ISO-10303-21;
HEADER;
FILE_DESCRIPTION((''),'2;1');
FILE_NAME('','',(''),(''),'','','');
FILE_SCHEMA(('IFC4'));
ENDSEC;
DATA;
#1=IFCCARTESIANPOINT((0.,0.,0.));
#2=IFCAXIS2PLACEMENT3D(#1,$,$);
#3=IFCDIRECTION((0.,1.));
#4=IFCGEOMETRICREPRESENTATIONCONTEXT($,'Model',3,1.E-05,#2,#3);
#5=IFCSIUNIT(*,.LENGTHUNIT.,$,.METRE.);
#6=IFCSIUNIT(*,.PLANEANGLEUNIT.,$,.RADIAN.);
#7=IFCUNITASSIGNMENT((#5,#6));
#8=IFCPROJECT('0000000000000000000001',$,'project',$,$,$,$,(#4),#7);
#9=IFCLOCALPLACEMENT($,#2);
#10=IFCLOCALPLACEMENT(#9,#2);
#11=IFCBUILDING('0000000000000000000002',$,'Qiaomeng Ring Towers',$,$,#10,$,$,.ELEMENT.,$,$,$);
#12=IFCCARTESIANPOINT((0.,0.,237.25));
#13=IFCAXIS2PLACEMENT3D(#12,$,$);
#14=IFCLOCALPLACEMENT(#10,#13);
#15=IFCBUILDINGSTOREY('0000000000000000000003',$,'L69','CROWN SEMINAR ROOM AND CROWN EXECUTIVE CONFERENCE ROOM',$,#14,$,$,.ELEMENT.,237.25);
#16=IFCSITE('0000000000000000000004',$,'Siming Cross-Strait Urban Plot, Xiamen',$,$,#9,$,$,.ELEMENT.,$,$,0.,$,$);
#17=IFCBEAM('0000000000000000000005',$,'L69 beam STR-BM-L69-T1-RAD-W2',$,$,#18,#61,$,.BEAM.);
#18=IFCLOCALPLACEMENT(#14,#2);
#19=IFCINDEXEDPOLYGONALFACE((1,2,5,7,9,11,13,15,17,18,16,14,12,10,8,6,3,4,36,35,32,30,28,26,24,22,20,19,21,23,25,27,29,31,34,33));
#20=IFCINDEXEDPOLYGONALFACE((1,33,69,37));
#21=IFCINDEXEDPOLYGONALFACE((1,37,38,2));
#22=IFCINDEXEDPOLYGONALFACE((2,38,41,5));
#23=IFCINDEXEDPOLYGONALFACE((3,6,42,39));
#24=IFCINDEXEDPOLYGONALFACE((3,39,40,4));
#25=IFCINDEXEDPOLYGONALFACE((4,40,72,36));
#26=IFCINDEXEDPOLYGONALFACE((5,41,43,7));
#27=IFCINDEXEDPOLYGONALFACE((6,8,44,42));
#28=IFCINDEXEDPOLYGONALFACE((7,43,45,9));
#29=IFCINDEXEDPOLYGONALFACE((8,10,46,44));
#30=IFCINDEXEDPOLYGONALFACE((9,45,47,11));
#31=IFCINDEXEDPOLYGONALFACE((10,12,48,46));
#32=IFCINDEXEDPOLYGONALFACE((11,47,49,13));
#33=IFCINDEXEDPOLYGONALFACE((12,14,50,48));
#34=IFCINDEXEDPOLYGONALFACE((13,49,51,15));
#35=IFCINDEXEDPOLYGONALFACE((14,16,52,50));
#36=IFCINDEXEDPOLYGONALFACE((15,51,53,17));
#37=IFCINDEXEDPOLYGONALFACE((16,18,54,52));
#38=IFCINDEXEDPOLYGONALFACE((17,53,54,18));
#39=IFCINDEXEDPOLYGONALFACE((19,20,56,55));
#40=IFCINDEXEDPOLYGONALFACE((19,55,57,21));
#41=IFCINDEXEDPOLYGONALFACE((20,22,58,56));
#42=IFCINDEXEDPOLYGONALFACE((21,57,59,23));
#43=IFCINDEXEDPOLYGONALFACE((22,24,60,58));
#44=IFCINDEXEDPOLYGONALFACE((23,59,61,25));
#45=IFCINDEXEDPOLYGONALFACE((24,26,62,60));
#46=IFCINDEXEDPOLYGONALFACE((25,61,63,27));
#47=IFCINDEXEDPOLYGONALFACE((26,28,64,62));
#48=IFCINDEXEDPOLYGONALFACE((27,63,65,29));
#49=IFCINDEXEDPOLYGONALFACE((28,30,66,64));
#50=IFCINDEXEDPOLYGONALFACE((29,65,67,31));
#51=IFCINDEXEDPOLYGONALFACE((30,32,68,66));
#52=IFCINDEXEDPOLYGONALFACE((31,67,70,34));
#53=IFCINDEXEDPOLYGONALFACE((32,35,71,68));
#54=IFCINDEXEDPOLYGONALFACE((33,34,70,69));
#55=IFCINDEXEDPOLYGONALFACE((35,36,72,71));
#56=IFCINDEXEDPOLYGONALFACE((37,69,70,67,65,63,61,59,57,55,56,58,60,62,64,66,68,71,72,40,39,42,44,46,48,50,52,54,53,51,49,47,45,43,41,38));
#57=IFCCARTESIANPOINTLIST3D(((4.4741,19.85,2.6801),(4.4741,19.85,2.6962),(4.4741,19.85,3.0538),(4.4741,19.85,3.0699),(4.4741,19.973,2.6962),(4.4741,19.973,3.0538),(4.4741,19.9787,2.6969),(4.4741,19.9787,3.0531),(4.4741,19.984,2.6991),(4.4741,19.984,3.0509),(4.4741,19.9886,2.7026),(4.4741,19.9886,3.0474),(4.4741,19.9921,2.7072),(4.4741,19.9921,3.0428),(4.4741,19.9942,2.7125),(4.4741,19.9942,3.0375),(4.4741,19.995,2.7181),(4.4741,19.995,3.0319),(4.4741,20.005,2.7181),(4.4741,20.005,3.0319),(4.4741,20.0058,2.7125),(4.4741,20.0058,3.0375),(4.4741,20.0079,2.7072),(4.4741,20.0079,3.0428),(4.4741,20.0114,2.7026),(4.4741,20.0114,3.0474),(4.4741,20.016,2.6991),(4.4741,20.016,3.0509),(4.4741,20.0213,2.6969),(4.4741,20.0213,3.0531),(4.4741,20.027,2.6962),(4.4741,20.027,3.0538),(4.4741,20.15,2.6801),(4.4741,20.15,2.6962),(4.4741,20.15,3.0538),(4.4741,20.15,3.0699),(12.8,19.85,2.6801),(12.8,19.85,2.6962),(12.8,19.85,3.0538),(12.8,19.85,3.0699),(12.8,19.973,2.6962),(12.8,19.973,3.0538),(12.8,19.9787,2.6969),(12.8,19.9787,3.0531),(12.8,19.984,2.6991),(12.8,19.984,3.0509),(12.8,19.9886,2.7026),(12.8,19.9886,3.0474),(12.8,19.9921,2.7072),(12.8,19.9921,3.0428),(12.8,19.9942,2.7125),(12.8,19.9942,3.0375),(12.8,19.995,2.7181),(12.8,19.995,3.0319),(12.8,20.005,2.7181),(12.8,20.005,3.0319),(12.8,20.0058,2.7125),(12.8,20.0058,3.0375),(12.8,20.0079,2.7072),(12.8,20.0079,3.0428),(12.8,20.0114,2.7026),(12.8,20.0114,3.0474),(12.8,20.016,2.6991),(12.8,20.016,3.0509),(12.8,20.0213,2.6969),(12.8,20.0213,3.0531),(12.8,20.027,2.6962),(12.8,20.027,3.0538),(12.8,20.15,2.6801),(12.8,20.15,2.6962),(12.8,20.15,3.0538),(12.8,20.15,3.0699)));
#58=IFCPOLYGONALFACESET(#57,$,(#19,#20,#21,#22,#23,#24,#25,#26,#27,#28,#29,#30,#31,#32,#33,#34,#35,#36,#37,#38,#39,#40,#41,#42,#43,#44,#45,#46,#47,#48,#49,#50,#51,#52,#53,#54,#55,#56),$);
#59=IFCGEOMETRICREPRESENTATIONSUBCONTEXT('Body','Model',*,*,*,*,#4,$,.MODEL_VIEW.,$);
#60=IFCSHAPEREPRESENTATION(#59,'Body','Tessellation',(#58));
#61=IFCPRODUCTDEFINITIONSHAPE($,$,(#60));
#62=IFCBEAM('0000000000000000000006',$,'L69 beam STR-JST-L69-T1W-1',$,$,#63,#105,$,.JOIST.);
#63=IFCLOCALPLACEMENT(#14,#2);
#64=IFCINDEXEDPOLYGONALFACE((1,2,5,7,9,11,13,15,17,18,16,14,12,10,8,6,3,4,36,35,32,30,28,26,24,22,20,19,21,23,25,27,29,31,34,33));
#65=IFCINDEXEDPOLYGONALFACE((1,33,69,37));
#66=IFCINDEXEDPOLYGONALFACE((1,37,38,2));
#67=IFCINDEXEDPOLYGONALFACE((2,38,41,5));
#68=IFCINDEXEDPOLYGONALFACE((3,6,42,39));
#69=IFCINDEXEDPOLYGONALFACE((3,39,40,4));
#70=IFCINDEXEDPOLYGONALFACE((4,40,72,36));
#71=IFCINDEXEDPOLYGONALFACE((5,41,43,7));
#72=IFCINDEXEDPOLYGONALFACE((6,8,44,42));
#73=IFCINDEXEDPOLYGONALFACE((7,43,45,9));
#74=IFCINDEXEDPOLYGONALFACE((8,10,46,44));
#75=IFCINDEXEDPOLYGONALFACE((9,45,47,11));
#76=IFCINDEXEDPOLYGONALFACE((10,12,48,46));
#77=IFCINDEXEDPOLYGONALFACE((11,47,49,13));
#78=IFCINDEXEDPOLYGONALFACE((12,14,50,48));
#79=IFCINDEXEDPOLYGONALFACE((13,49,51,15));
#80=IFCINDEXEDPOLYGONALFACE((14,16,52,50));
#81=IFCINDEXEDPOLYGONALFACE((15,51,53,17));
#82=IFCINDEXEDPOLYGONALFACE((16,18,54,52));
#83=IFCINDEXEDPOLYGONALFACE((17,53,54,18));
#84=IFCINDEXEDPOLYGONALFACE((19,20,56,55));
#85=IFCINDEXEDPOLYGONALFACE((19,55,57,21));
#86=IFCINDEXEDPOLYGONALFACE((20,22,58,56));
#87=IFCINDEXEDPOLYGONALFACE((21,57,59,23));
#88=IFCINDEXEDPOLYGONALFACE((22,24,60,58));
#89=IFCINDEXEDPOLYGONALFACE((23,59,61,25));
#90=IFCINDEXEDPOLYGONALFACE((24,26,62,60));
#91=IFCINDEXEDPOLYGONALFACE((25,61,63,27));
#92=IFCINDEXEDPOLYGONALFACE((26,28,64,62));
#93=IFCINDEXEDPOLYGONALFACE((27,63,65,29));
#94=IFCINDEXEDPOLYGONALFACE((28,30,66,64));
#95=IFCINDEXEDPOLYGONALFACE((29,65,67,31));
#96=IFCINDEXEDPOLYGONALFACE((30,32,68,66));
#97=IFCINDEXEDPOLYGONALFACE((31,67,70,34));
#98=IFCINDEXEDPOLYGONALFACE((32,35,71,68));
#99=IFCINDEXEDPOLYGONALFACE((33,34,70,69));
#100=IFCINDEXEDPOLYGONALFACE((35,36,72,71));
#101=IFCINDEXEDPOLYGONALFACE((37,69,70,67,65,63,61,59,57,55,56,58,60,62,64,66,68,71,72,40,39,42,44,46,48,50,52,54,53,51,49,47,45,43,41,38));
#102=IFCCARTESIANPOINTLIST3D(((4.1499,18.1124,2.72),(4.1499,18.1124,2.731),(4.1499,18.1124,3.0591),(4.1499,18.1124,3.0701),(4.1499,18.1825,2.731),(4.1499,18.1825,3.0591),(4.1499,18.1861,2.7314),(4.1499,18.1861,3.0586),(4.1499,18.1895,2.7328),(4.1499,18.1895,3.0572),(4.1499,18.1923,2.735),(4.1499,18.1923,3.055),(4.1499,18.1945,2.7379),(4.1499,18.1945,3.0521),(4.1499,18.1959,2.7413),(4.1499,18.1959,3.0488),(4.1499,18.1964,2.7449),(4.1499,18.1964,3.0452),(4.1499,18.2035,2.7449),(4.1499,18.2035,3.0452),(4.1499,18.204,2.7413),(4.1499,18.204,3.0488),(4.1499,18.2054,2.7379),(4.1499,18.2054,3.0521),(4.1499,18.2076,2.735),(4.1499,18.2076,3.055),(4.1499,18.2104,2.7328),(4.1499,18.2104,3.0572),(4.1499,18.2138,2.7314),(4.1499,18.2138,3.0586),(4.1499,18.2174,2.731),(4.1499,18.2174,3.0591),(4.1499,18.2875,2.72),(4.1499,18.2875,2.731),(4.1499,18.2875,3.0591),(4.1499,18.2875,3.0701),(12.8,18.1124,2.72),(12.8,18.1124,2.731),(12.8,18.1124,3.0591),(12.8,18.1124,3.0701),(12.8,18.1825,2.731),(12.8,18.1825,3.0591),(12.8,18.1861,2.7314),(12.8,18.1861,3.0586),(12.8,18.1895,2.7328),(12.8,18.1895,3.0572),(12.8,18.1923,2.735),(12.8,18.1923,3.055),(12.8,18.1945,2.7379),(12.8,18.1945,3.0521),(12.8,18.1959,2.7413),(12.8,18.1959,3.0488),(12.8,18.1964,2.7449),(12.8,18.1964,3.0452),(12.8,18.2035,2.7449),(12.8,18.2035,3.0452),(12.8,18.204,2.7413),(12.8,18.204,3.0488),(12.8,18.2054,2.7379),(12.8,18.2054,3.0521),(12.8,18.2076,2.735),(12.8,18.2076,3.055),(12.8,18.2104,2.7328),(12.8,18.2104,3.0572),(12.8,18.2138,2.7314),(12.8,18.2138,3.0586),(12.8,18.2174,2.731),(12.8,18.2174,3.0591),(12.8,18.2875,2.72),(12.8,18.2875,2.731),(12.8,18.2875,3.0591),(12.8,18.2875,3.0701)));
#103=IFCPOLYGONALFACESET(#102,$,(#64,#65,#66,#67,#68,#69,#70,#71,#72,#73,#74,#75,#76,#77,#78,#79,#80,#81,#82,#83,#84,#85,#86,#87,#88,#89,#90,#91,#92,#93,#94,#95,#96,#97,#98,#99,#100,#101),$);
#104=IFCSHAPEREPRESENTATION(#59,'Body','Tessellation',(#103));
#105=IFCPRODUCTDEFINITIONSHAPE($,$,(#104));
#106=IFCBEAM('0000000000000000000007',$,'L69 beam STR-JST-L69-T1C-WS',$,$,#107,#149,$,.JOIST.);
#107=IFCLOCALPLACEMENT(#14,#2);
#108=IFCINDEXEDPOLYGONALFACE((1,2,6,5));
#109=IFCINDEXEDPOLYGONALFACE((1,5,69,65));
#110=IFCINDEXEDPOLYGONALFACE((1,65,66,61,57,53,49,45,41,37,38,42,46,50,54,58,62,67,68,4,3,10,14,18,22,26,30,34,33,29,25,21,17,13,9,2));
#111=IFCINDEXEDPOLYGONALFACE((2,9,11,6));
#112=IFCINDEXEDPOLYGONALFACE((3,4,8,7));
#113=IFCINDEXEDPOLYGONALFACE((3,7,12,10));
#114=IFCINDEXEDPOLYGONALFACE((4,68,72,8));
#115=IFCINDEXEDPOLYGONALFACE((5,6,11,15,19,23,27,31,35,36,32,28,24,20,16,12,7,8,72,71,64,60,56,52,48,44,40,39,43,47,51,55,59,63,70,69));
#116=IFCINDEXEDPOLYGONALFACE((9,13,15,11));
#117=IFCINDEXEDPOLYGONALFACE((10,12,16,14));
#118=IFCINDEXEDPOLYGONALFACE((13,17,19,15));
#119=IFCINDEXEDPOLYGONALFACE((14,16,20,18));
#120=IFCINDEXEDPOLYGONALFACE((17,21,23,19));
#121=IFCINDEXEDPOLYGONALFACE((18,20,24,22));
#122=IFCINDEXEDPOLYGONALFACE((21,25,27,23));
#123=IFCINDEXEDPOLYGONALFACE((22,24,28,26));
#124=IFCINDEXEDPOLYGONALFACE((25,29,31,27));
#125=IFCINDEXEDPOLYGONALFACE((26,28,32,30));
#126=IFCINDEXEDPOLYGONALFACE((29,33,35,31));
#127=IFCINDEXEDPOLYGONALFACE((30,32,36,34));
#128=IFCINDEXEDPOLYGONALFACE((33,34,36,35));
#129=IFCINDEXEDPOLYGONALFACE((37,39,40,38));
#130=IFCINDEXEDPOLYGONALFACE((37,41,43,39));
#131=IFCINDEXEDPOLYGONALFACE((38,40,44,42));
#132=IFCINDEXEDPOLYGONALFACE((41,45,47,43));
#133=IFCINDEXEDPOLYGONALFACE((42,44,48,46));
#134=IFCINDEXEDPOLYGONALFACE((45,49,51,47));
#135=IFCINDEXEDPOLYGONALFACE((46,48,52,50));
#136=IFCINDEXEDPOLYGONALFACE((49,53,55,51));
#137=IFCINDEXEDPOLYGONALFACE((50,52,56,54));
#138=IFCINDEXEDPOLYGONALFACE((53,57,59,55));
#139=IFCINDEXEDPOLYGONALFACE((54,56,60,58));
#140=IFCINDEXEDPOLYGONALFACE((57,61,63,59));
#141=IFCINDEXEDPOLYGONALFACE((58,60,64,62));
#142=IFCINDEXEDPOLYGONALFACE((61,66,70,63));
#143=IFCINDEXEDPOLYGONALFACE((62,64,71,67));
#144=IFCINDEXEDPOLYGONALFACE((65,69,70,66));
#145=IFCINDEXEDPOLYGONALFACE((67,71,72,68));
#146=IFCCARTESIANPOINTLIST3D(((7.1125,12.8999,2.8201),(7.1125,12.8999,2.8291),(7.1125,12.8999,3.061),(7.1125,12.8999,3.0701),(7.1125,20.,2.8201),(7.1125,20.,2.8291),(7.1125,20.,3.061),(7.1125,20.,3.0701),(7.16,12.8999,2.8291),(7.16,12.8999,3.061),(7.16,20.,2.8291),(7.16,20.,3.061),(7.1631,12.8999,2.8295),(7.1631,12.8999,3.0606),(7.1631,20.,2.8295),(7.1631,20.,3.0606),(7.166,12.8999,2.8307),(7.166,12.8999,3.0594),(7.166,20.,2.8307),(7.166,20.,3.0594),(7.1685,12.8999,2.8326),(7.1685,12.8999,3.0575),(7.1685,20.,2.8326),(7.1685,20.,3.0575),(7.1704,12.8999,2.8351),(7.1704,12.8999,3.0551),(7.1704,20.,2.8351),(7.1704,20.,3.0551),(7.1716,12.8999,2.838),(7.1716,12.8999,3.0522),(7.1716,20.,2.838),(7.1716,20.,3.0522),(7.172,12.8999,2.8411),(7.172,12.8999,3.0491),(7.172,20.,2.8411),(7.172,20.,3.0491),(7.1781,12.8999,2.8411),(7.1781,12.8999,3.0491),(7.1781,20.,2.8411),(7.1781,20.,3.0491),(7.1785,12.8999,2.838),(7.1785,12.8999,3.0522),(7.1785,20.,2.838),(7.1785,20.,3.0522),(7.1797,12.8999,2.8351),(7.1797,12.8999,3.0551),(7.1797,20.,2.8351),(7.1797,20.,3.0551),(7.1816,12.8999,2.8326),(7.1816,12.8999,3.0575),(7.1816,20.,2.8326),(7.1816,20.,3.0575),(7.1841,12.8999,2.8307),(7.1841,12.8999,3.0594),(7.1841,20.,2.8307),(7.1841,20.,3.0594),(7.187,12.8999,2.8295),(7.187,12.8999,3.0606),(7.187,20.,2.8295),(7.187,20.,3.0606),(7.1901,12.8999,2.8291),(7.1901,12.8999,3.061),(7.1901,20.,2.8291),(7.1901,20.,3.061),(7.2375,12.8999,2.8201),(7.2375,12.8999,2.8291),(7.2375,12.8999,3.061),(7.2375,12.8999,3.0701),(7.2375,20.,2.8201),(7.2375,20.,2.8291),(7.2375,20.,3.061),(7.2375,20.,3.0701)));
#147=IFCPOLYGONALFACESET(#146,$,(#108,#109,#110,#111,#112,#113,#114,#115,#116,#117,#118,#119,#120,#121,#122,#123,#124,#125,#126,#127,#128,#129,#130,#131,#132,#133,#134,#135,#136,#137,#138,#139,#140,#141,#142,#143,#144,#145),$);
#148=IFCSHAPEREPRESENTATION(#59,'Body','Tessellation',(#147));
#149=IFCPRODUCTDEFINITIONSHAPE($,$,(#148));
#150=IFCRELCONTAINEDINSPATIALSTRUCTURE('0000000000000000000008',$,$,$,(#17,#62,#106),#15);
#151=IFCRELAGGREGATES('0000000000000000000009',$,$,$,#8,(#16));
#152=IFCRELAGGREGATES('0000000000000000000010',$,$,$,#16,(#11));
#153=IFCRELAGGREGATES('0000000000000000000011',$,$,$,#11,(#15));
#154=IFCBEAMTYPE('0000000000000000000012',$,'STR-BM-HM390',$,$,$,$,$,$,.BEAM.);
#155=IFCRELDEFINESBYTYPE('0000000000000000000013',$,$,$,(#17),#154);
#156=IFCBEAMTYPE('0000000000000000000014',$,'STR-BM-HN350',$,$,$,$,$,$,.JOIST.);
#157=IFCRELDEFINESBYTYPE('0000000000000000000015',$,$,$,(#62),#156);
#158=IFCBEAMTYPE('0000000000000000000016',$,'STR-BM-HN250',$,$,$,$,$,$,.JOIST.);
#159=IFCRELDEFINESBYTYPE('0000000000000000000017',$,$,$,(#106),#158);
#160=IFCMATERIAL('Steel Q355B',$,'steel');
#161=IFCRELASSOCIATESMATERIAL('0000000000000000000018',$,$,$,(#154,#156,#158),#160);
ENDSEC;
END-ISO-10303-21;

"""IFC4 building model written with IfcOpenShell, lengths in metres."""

from ifc_helpers import new_model, si_unit, direction, frame, origin, origin_2d, place, context, subcontext, project, spatial, i_section, extrude, source, transform, mapped, material, material_profile, profile_set, type_object, element, save


model = new_model("IFC4")

# Units and contexts
model_context = context("Model", 3, precision=1e-05, world=origin(), true_north=direction((0.0, 1.0)))
body_context = subcontext(model_context, "Body", "Model", "MODEL_VIEW")
ifc_project = project(units=[si_unit("LENGTHUNIT", "METRE"), si_unit("PLANEANGLEUNIT", "RADIAN")], contexts=[model_context])

# Site, building, storey
site_placement = place(None, origin())
site = spatial("IfcSite", under=ifc_project, at=site_placement, Name="Siming Cross-Strait Urban Plot, Xiamen", CompositionType="ELEMENT", RefElevation=0.0)
building_placement = place(site_placement, origin())
building = spatial("IfcBuilding", under=site, at=building_placement, Name="Qiaomeng Ring Towers", CompositionType="ELEMENT")
storey_placement = place(building_placement, frame((0.0, 0.0, 237.25)))
storey = spatial("IfcBuildingStorey", under=building, at=storey_placement, Name="L69", Description="CROWN SEMINAR ROOM AND CROWN EXECUTIVE CONFERENCE ROOM", CompositionType="ELEMENT", Elevation=237.25)

# Beams
ifc_material_1 = material(Name="Steel Q355B", Category="steel")
ifc_material_profile_1 = material_profile(ifc_material_1, i_section(OverallWidth=0.3, OverallDepth=0.3899, WebThickness=0.01, FlangeThickness=0.0161, FilletRadius=0.022, at=origin_2d()), Name="HM 390x300x10x16")
ifc_profile_set_1 = profile_set([ifc_material_profile_1], Name="Steel Q355B")
beam_type_1 = type_object("IfcBeamType", Name="STR-BM-HM390", PredefinedType="BEAM", material=ifc_profile_set_1)
shared_shape_1 = source(origin(), body_context, "Body", "SweptSolid", [
    extrude(i_section(OverallWidth=0.3, OverallDepth=0.3899, WebThickness=0.01, FlangeThickness=0.0161, FilletRadius=0.022, at=origin_2d()), origin(), (0.0, 0.0, 1.0), 8.3259),
])
beam_1_placement = place(storey_placement, frame((4.4741, 20.0, 2.875), z_axis=(1.0, 0.0, 0.0), x_axis=(0.0, 1.0, 0.0)))
element("IfcBeam", 1, at=beam_1_placement, inside=storey, type_object=beam_type_1, Name="L69 beam STR-BM-L69-T1-RAD-W2", PredefinedType="BEAM", context=body_context, shape_type="MappedRepresentation", body=[
    mapped(shared_shape_1, transform((0.0, 0.0, 0.0), x_axis=(1.0, 0.0, 0.0), y_axis=(0.0, 1.0, 0.0), z_axis=(0.0, 0.0, 1.0), scale=1.0)),
])
ifc_material_profile_2 = material_profile(ifc_material_1, i_section(OverallWidth=0.175, OverallDepth=0.3501, WebThickness=0.0071, FlangeThickness=0.011, FilletRadius=0.0139, at=origin_2d()), Name="HN 350x175x7x11")
ifc_profile_set_2 = profile_set([ifc_material_profile_2], Name="Steel Q355B")
beam_type_2 = type_object("IfcBeamType", Name="STR-BM-HN350", PredefinedType="JOIST", material=ifc_profile_set_2)
shared_shape_2 = source(origin(), body_context, "Body", "SweptSolid", [
    extrude(i_section(OverallWidth=0.175, OverallDepth=0.3501, WebThickness=0.0071, FlangeThickness=0.011, FilletRadius=0.0139, at=origin_2d()), origin(), (0.0, 0.0, 1.0), 8.6501),
])
beam_2_placement = place(storey_placement, frame((4.1499, 18.2, 2.895), z_axis=(1.0, 0.0, 0.0), x_axis=(0.0, 1.0, 0.0)))
element("IfcBeam", 2, at=beam_2_placement, inside=storey, type_object=beam_type_2, Name="L69 beam STR-JST-L69-T1W-1", PredefinedType="JOIST", context=body_context, shape_type="MappedRepresentation", body=[
    mapped(shared_shape_2, transform((0.0, 0.0, 0.0), x_axis=(1.0, 0.0, 0.0), y_axis=(0.0, 1.0, 0.0), z_axis=(0.0, 0.0, 1.0), scale=1.0)),
])
ifc_material_profile_3 = material_profile(ifc_material_1, i_section(OverallWidth=0.125, OverallDepth=0.25, WebThickness=0.0061, FlangeThickness=0.009, FilletRadius=0.012, at=origin_2d()), Name="HN 250x125x6x9")
ifc_profile_set_3 = profile_set([ifc_material_profile_3], Name="Steel Q355B")
beam_type_3 = type_object("IfcBeamType", Name="STR-BM-HN250", PredefinedType="JOIST", material=ifc_profile_set_3)
shared_shape_3 = source(origin(), body_context, "Body", "SweptSolid", [
    extrude(i_section(OverallWidth=0.125, OverallDepth=0.25, WebThickness=0.0061, FlangeThickness=0.009, FilletRadius=0.012, at=origin_2d()), origin(), (0.0, 0.0, 1.0), 7.1001),
])
beam_3_placement = place(storey_placement, frame((7.175, 12.8999, 2.9451), z_axis=(0.0, 1.0, 0.0), x_axis=(-1.0, 0.0, 0.0)))
element("IfcBeam", 3, at=beam_3_placement, inside=storey, type_object=beam_type_3, Name="L69 beam STR-JST-L69-T1C-WS", PredefinedType="JOIST", context=body_context, shape_type="MappedRepresentation", body=[
    mapped(shared_shape_3, transform((0.0, 0.0, 0.0), x_axis=(1.0, 0.0, 0.0), y_axis=(0.0, 1.0, 0.0), z_axis=(0.0, 0.0, 1.0), scale=1.0)),
])

save(model, "model.ifc")
